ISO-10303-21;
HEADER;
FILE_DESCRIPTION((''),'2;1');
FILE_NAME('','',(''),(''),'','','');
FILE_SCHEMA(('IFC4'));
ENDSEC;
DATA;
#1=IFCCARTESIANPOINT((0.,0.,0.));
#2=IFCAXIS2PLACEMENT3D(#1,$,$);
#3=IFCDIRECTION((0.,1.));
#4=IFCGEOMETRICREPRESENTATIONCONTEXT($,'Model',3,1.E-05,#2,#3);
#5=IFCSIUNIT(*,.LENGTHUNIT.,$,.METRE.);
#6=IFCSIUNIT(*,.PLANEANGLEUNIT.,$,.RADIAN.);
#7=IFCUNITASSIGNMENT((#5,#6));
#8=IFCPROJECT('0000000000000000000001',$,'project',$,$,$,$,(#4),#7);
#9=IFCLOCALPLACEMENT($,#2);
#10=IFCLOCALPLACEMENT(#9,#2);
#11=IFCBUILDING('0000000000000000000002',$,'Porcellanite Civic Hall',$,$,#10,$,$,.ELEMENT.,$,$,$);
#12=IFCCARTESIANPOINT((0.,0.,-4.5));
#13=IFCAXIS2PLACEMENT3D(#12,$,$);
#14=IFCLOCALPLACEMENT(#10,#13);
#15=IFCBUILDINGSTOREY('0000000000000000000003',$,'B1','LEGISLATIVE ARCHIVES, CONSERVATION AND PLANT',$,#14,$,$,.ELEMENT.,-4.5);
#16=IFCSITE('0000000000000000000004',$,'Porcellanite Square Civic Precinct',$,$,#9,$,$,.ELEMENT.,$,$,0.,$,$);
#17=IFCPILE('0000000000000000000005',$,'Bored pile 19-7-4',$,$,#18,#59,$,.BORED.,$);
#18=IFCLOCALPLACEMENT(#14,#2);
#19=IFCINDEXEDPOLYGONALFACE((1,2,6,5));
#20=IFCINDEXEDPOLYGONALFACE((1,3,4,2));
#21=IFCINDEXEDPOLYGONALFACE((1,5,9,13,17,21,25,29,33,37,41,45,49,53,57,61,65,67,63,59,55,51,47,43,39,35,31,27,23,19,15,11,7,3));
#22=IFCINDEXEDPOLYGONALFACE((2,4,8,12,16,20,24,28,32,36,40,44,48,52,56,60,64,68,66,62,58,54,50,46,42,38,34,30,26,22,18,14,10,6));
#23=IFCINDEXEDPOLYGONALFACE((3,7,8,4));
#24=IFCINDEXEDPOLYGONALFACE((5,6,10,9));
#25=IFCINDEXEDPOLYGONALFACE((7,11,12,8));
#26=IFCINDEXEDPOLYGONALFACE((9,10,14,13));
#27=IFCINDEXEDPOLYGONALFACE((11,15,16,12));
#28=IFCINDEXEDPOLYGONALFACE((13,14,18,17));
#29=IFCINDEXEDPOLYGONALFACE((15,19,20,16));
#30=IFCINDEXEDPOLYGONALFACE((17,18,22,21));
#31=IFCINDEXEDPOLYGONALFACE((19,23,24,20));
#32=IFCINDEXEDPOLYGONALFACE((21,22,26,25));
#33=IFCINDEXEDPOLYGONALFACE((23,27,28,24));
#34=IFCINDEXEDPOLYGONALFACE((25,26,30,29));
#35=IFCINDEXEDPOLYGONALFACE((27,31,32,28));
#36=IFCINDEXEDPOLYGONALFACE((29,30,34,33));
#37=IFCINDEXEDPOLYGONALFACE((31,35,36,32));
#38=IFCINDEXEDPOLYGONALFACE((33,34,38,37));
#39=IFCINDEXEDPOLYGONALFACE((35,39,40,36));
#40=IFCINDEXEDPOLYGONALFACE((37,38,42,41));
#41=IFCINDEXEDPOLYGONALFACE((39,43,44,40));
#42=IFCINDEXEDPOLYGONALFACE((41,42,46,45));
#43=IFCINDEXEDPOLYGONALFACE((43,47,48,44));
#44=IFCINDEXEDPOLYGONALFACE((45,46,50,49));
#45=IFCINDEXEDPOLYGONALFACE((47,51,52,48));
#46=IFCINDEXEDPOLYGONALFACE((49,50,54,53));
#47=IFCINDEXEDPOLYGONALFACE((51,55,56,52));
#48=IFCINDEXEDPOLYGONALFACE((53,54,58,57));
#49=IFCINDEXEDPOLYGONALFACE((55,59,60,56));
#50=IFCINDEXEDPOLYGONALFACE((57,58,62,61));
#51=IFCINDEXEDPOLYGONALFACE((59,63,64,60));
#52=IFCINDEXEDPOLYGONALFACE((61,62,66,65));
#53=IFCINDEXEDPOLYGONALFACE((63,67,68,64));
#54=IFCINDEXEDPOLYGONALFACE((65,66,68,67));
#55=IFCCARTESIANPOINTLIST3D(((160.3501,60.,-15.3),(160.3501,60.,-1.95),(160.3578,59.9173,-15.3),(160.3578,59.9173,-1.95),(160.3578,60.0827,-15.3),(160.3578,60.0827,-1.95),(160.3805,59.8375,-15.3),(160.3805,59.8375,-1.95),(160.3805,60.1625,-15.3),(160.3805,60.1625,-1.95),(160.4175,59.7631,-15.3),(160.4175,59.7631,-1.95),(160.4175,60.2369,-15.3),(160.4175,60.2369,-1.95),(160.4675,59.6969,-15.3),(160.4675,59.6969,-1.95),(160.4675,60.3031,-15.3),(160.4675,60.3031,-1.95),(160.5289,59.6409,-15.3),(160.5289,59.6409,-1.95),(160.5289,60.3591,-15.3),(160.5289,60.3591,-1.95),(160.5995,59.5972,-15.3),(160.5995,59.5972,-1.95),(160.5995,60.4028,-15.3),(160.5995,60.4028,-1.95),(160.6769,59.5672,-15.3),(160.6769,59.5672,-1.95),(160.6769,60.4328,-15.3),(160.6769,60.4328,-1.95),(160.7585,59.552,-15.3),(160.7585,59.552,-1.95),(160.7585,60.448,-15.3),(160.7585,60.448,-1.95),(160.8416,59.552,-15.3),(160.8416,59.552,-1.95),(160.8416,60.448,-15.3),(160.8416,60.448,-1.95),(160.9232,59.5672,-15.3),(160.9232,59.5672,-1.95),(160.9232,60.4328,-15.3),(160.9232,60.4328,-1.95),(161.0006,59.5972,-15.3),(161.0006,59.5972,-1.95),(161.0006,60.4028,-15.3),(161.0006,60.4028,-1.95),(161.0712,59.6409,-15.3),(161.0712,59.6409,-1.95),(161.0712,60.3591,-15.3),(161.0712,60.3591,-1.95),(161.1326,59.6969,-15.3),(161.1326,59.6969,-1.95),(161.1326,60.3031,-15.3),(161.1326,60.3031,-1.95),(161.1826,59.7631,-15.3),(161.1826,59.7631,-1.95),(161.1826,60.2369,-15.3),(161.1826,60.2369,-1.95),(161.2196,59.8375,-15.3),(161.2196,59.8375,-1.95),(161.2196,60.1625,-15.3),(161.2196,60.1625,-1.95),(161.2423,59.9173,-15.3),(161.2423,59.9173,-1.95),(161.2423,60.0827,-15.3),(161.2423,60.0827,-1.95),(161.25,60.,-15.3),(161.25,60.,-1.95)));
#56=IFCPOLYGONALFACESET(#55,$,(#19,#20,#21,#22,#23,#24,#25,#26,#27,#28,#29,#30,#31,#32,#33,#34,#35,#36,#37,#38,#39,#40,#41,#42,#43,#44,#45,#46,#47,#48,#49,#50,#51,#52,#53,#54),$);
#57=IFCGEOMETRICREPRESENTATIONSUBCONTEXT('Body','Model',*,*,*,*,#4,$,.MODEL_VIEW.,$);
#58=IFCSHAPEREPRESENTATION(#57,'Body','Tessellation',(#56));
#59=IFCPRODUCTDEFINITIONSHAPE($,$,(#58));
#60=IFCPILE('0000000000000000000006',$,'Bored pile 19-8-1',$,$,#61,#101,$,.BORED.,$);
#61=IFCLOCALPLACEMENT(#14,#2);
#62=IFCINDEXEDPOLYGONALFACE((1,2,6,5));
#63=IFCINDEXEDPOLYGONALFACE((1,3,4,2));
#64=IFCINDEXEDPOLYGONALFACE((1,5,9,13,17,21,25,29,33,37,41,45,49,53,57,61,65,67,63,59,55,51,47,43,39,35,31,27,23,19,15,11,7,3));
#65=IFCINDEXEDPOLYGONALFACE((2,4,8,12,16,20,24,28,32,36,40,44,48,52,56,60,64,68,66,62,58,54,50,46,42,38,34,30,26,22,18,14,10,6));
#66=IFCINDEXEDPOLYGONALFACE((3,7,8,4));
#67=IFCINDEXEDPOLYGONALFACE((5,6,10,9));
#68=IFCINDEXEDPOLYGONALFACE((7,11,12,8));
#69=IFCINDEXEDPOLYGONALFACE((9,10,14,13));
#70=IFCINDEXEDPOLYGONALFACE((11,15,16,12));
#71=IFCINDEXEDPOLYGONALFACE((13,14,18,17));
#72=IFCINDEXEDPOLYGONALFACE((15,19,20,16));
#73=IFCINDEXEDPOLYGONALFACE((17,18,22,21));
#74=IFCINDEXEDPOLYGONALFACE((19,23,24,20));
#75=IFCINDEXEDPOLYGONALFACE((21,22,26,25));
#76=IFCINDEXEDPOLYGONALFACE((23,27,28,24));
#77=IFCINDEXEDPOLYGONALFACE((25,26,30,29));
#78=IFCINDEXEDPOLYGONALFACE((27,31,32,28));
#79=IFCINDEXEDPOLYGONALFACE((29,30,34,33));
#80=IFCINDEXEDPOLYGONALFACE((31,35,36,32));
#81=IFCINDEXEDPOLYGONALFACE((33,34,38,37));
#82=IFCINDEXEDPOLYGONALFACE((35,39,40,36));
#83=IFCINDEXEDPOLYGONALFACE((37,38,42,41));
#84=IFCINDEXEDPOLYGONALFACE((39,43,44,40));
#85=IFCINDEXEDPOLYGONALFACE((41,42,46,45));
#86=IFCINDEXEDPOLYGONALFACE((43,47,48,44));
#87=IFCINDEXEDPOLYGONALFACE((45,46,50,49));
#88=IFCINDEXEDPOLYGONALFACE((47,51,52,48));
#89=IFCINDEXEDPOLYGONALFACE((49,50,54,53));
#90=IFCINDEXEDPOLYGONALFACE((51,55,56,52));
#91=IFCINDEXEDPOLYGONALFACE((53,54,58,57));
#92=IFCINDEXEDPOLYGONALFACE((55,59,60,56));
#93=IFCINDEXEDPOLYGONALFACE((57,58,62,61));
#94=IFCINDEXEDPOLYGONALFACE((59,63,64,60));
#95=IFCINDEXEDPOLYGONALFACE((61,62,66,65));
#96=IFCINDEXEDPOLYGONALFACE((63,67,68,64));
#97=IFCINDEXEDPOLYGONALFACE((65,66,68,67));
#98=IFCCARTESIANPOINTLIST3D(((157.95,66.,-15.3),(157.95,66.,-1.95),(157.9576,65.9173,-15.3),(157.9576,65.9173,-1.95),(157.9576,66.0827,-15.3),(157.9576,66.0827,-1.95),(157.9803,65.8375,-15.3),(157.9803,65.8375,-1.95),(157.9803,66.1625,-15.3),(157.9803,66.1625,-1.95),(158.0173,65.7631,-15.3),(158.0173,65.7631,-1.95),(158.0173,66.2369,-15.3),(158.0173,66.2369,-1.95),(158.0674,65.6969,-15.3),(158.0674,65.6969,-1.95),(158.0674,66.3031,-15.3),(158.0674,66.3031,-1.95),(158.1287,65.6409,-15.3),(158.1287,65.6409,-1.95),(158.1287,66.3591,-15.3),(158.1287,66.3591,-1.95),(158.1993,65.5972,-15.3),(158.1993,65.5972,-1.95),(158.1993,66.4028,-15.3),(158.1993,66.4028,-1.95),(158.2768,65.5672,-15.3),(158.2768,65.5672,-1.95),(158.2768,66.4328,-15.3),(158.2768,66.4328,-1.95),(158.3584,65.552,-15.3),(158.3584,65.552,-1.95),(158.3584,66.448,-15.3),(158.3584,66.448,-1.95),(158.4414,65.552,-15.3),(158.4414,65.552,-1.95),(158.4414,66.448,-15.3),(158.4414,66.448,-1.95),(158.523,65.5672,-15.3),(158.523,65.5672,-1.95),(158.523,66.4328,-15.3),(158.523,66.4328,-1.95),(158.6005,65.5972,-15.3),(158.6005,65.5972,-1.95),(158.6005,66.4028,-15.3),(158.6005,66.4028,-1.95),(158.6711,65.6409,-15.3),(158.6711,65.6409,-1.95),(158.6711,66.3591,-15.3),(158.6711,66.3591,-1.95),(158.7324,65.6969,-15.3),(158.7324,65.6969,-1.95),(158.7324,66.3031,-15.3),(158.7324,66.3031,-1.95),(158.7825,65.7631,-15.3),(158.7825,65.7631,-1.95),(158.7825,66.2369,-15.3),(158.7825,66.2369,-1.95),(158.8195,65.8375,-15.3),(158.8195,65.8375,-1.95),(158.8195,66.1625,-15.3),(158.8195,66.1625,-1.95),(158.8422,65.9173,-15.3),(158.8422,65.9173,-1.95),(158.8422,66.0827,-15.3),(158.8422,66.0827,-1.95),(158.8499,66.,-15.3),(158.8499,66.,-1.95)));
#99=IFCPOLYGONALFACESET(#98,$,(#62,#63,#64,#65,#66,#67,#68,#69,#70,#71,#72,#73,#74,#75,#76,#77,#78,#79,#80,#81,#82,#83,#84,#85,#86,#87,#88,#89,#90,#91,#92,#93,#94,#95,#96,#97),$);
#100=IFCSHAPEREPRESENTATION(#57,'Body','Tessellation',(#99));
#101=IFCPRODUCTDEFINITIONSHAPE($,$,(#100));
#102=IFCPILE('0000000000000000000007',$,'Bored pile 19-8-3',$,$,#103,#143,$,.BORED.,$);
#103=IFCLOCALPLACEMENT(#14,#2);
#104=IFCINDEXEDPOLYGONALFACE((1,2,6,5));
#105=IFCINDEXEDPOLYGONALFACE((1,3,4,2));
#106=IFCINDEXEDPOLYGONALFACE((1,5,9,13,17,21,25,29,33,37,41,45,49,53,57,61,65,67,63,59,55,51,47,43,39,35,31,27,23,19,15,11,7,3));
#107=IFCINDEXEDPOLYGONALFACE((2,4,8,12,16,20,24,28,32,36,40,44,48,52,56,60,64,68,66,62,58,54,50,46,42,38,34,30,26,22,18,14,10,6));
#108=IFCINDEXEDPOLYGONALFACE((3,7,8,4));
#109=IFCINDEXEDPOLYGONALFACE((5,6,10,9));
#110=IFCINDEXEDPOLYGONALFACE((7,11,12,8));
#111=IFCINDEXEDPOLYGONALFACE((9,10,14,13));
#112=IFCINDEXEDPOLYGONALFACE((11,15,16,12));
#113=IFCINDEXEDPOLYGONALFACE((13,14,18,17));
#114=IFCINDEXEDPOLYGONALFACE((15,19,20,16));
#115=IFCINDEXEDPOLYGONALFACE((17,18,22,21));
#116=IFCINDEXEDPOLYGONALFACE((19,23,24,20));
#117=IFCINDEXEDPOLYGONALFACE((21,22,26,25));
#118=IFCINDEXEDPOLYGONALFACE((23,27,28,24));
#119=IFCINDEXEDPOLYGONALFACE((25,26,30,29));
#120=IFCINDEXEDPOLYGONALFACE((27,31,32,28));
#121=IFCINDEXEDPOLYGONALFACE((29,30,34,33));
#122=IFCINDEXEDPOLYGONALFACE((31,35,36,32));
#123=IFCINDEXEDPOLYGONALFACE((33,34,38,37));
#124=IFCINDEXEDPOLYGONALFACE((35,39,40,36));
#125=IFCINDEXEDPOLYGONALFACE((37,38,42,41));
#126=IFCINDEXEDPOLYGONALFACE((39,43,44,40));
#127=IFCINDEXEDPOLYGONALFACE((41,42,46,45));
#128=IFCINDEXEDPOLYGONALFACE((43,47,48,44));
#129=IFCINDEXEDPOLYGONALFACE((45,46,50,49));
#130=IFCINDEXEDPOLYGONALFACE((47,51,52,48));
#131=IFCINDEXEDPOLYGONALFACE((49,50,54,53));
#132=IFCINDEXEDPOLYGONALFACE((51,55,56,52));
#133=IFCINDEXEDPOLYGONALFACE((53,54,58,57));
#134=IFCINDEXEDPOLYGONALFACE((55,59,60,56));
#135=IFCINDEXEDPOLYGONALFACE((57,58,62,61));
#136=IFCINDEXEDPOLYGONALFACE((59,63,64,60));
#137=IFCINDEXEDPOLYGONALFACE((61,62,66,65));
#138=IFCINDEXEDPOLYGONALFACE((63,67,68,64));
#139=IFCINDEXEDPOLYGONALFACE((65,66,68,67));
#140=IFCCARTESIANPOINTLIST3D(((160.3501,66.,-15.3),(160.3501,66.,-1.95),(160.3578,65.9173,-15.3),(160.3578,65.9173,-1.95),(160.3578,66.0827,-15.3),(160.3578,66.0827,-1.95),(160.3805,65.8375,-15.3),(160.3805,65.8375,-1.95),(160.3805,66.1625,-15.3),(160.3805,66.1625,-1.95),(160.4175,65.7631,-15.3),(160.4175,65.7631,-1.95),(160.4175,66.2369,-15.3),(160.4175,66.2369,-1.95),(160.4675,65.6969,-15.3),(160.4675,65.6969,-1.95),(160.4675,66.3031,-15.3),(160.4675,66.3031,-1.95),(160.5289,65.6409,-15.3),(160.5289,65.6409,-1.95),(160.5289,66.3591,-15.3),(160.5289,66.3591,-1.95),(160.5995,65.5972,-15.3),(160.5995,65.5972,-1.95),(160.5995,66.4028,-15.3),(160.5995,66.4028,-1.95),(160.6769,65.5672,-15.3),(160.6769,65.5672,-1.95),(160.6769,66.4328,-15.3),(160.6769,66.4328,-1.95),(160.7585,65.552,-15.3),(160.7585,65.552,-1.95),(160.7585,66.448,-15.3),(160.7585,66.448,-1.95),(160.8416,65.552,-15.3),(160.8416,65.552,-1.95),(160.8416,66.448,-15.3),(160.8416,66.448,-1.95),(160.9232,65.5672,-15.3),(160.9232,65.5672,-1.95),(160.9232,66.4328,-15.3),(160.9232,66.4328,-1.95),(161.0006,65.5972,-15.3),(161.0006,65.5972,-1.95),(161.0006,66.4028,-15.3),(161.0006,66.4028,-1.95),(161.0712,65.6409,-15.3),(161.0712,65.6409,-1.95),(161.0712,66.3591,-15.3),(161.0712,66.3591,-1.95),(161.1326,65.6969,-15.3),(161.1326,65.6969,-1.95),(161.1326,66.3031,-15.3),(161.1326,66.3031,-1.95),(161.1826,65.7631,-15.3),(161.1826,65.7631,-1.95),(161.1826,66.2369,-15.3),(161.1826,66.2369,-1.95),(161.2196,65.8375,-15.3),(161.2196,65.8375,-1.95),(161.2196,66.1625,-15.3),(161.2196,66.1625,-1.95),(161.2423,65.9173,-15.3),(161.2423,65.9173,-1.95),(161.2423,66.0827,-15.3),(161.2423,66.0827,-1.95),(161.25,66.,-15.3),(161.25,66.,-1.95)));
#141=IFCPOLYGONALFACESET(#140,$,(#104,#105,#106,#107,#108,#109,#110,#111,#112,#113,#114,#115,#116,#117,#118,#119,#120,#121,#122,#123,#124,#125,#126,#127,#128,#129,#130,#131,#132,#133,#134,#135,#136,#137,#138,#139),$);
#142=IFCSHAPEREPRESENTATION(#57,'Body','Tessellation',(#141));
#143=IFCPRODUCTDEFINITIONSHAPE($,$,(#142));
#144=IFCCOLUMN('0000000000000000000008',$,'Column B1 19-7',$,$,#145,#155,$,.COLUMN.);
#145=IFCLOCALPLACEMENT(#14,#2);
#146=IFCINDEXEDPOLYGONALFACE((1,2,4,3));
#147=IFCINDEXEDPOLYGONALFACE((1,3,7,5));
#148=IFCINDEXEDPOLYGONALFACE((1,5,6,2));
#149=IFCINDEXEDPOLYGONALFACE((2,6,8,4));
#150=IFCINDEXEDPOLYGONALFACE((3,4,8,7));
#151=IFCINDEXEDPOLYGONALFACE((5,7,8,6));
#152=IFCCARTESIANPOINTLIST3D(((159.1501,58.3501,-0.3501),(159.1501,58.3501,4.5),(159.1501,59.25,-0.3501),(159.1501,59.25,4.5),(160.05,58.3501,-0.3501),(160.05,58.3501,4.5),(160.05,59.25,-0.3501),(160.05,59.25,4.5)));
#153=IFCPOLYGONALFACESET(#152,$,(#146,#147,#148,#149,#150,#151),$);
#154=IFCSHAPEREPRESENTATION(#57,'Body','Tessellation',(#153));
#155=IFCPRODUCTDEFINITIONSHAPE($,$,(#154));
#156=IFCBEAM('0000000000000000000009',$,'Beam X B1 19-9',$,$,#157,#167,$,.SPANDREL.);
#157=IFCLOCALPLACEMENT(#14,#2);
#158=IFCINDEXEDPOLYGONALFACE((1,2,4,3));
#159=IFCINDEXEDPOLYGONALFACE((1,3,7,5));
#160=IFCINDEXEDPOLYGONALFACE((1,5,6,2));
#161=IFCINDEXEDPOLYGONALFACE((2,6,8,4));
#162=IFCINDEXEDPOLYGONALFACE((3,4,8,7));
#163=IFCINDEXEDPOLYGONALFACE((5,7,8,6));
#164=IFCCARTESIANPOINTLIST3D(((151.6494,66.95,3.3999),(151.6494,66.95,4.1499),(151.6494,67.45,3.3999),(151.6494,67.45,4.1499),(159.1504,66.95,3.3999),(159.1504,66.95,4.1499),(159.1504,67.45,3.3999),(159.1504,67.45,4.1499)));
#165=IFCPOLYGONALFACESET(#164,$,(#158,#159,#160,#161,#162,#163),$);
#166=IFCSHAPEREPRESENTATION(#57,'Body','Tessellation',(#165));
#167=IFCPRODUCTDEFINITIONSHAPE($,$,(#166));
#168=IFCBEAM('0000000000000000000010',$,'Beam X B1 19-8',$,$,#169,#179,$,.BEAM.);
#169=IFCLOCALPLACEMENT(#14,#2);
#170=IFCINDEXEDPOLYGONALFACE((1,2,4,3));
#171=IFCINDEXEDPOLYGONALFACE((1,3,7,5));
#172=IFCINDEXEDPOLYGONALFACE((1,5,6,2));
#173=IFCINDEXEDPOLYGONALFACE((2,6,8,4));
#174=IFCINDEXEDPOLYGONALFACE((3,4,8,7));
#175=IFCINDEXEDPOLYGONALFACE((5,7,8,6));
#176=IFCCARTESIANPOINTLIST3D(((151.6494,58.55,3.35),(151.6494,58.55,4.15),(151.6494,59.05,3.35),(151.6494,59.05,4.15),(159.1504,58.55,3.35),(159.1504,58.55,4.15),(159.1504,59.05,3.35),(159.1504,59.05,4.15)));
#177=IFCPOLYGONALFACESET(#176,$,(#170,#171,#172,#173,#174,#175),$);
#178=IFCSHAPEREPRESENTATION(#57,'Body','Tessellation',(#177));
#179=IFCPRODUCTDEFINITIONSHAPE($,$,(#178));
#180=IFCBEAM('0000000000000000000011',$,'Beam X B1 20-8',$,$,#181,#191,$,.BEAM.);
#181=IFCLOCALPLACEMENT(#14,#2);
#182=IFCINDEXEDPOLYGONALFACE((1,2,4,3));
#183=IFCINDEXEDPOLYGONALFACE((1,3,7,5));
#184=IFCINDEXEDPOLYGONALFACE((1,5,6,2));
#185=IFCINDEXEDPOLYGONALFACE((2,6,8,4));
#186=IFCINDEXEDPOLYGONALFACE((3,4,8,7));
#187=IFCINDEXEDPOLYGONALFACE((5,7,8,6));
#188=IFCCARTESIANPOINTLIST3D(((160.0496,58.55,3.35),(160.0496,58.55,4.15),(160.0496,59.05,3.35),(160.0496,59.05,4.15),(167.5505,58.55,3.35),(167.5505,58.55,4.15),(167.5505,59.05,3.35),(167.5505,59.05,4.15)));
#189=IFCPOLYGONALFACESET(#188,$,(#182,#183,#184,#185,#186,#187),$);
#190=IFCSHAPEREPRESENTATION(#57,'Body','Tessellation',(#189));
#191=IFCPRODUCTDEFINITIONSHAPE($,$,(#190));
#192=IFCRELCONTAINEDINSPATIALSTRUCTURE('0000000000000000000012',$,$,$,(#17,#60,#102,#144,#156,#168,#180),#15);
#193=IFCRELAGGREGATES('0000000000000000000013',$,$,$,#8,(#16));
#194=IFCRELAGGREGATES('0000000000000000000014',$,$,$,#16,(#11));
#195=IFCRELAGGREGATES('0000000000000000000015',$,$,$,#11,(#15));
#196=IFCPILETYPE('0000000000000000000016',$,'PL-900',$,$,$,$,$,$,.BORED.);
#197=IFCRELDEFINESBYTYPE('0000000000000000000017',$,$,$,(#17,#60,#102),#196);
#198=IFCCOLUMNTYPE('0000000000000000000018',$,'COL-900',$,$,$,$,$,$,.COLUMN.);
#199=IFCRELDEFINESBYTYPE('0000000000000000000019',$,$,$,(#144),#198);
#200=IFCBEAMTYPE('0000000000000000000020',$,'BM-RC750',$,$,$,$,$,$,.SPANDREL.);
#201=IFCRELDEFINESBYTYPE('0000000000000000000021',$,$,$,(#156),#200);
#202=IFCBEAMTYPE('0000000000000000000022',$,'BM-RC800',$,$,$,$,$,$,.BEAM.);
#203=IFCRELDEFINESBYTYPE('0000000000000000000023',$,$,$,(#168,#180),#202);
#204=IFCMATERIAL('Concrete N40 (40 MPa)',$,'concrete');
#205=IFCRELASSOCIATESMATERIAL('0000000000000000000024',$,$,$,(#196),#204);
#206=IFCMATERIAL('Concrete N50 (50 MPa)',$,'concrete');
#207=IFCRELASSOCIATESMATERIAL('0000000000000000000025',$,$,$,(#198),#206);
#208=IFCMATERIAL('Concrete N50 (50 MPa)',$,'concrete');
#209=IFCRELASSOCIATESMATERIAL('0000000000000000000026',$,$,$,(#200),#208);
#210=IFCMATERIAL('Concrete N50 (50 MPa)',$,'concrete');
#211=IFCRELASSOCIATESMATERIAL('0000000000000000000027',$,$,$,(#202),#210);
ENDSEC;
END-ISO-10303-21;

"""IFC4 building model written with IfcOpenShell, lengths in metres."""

from ifc_helpers import new_model, si_unit, direction, frame, origin, origin_2d, place, context, subcontext, project, spatial, rectangle, circle, extrude, material, material_profile, profile_set, type_object, element, save


model = new_model("IFC4")

# Units and contexts
model_context = context("Model", 3, precision=1e-05, world=origin(), true_north=direction((0.0, 1.0)))
body_context = subcontext(model_context, "Body", "Model", "MODEL_VIEW")
ifc_project = project(units=[si_unit("LENGTHUNIT", "METRE"), si_unit("PLANEANGLEUNIT", "RADIAN")], contexts=[model_context])

# Site, building, storey
site_placement = place(None, origin())
site = spatial("IfcSite", under=ifc_project, at=site_placement, Name="Porcellanite Square Civic Precinct", CompositionType="ELEMENT", RefElevation=0.0)
building_placement = place(site_placement, origin())
building = spatial("IfcBuilding", under=site, at=building_placement, Name="Porcellanite Civic Hall", CompositionType="ELEMENT")
storey_placement = place(building_placement, frame((0.0, 0.0, -4.5)))
storey = spatial("IfcBuildingStorey", under=building, at=storey_placement, Name="B1", Description="LEGISLATIVE ARCHIVES, CONSERVATION AND PLANT", CompositionType="ELEMENT", Elevation=-4.5)

# Piles
ifc_material_1 = material(Name="Concrete N40 (40 MPa)", Category="concrete")
ifc_material_profile_1 = material_profile(ifc_material_1, circle(Radius=0.45, at=origin_2d()), Name="PILE-D900")
ifc_profile_set_1 = profile_set([ifc_material_profile_1], Name="Concrete N40 (40 MPa)")
pile_type = type_object("IfcPileType", Name="PL-900", PredefinedType="BORED", material=ifc_profile_set_1)
for number, where, z_axis, x_axis, name in (
    (1, (160.8, 60.0, -1.95), (0.0, 0.0, -1.0), (1.0, 0.0, 0.0), "Bored pile 19-7-4"),
    (2, (158.3999, 66.0, -1.95), (0.0, 0.0, -1.0), (1.0, 0.0, 0.0), "Bored pile 19-8-1"),
    (3, (160.8, 66.0, -1.95), (0.0, 0.0, -1.0), (1.0, 0.0, 0.0), "Bored pile 19-8-3"),
):
    element("IfcPile", number, at=place(storey_placement, frame(where, z_axis=z_axis, x_axis=x_axis)), inside=storey, type_object=pile_type, Name=name, PredefinedType="BORED", context=body_context, shape_type="SweptSolid", body=[
        extrude(circle(Radius=0.45, at=origin_2d()), origin(), (0.0, 0.0, 1.0), 13.3501),
    ])

# Column
ifc_material_2 = material(Name="Concrete N50 (50 MPa)", Category="concrete")
ifc_material_profile_2 = material_profile(ifc_material_2, rectangle(XDim=0.8999, YDim=0.8999, at=origin_2d()), Name="RC-900x900")
ifc_profile_set_2 = profile_set([ifc_material_profile_2], Name="Concrete N50 (50 MPa)")
column_type = type_object("IfcColumnType", Name="COL-900", PredefinedType="COLUMN", material=ifc_profile_set_2)
column_placement = place(storey_placement, frame((159.6001, 58.8, -0.3501), z_axis=(0.0, 0.0, 1.0), x_axis=(1.0, 0.0, 0.0)))
element("IfcColumn", 4, at=column_placement, inside=storey, type_object=column_type, Name="Column B1 19-7", PredefinedType="COLUMN", context=body_context, shape_type="SweptSolid", body=[
    extrude(rectangle(XDim=0.8999, YDim=0.8999, at=origin_2d()), origin(), (0.0, 0.0, 1.0), 4.8501),
])

# Beams
ifc_material_3 = material(Name="Concrete N50 (50 MPa)", Category="concrete")
ifc_material_profile_3 = material_profile(ifc_material_3, rectangle(XDim=0.5, YDim=0.75, at=origin_2d()), Name="RC-500x750")
ifc_profile_set_3 = profile_set([ifc_material_profile_3], Name="Concrete N50 (50 MPa)")
beam_type_1 = type_object("IfcBeamType", Name="BM-RC750", PredefinedType="SPANDREL", material=ifc_profile_set_3)
beam_1_placement = place(storey_placement, frame((151.6494, 67.2, 3.7749), z_axis=(1.0, 0.0, 0.0), x_axis=(0.0, 1.0, 0.0)))
element("IfcBeam", 5, at=beam_1_placement, inside=storey, type_object=beam_type_1, Name="Beam X B1 19-9", PredefinedType="SPANDREL", context=body_context, shape_type="SweptSolid", body=[
    extrude(rectangle(XDim=0.5, YDim=0.75, at=origin_2d()), origin(), (0.0, 0.0, 1.0), 7.501),
])
ifc_material_4 = material(Name="Concrete N50 (50 MPa)", Category="concrete")
ifc_material_profile_4 = material_profile(ifc_material_4, rectangle(XDim=0.5, YDim=0.8, at=origin_2d()), Name="RC-500x800")
ifc_profile_set_4 = profile_set([ifc_material_profile_4], Name="Concrete N50 (50 MPa)")
beam_type_2 = type_object("IfcBeamType", Name="BM-RC800", PredefinedType="BEAM", material=ifc_profile_set_4)
for number, where, z_axis, x_axis, name in (
    (6, (151.6494, 58.8, 3.75), (1.0, 0.0, 0.0), (0.0, 1.0, 0.0), "Beam X B1 19-8"),
    (7, (160.0496, 58.8, 3.75), (1.0, 0.0, 0.0), (0.0, 1.0, 0.0), "Beam X B1 20-8"),
):
    element("IfcBeam", number, at=place(storey_placement, frame(where, z_axis=z_axis, x_axis=x_axis)), inside=storey, type_object=beam_type_2, Name=name, PredefinedType="BEAM", context=body_context, shape_type="SweptSolid", body=[
        extrude(rectangle(XDim=0.5, YDim=0.8, at=origin_2d()), origin(), (0.0, 0.0, 1.0), 7.501),
    ])

save(model, "model.ifc")
